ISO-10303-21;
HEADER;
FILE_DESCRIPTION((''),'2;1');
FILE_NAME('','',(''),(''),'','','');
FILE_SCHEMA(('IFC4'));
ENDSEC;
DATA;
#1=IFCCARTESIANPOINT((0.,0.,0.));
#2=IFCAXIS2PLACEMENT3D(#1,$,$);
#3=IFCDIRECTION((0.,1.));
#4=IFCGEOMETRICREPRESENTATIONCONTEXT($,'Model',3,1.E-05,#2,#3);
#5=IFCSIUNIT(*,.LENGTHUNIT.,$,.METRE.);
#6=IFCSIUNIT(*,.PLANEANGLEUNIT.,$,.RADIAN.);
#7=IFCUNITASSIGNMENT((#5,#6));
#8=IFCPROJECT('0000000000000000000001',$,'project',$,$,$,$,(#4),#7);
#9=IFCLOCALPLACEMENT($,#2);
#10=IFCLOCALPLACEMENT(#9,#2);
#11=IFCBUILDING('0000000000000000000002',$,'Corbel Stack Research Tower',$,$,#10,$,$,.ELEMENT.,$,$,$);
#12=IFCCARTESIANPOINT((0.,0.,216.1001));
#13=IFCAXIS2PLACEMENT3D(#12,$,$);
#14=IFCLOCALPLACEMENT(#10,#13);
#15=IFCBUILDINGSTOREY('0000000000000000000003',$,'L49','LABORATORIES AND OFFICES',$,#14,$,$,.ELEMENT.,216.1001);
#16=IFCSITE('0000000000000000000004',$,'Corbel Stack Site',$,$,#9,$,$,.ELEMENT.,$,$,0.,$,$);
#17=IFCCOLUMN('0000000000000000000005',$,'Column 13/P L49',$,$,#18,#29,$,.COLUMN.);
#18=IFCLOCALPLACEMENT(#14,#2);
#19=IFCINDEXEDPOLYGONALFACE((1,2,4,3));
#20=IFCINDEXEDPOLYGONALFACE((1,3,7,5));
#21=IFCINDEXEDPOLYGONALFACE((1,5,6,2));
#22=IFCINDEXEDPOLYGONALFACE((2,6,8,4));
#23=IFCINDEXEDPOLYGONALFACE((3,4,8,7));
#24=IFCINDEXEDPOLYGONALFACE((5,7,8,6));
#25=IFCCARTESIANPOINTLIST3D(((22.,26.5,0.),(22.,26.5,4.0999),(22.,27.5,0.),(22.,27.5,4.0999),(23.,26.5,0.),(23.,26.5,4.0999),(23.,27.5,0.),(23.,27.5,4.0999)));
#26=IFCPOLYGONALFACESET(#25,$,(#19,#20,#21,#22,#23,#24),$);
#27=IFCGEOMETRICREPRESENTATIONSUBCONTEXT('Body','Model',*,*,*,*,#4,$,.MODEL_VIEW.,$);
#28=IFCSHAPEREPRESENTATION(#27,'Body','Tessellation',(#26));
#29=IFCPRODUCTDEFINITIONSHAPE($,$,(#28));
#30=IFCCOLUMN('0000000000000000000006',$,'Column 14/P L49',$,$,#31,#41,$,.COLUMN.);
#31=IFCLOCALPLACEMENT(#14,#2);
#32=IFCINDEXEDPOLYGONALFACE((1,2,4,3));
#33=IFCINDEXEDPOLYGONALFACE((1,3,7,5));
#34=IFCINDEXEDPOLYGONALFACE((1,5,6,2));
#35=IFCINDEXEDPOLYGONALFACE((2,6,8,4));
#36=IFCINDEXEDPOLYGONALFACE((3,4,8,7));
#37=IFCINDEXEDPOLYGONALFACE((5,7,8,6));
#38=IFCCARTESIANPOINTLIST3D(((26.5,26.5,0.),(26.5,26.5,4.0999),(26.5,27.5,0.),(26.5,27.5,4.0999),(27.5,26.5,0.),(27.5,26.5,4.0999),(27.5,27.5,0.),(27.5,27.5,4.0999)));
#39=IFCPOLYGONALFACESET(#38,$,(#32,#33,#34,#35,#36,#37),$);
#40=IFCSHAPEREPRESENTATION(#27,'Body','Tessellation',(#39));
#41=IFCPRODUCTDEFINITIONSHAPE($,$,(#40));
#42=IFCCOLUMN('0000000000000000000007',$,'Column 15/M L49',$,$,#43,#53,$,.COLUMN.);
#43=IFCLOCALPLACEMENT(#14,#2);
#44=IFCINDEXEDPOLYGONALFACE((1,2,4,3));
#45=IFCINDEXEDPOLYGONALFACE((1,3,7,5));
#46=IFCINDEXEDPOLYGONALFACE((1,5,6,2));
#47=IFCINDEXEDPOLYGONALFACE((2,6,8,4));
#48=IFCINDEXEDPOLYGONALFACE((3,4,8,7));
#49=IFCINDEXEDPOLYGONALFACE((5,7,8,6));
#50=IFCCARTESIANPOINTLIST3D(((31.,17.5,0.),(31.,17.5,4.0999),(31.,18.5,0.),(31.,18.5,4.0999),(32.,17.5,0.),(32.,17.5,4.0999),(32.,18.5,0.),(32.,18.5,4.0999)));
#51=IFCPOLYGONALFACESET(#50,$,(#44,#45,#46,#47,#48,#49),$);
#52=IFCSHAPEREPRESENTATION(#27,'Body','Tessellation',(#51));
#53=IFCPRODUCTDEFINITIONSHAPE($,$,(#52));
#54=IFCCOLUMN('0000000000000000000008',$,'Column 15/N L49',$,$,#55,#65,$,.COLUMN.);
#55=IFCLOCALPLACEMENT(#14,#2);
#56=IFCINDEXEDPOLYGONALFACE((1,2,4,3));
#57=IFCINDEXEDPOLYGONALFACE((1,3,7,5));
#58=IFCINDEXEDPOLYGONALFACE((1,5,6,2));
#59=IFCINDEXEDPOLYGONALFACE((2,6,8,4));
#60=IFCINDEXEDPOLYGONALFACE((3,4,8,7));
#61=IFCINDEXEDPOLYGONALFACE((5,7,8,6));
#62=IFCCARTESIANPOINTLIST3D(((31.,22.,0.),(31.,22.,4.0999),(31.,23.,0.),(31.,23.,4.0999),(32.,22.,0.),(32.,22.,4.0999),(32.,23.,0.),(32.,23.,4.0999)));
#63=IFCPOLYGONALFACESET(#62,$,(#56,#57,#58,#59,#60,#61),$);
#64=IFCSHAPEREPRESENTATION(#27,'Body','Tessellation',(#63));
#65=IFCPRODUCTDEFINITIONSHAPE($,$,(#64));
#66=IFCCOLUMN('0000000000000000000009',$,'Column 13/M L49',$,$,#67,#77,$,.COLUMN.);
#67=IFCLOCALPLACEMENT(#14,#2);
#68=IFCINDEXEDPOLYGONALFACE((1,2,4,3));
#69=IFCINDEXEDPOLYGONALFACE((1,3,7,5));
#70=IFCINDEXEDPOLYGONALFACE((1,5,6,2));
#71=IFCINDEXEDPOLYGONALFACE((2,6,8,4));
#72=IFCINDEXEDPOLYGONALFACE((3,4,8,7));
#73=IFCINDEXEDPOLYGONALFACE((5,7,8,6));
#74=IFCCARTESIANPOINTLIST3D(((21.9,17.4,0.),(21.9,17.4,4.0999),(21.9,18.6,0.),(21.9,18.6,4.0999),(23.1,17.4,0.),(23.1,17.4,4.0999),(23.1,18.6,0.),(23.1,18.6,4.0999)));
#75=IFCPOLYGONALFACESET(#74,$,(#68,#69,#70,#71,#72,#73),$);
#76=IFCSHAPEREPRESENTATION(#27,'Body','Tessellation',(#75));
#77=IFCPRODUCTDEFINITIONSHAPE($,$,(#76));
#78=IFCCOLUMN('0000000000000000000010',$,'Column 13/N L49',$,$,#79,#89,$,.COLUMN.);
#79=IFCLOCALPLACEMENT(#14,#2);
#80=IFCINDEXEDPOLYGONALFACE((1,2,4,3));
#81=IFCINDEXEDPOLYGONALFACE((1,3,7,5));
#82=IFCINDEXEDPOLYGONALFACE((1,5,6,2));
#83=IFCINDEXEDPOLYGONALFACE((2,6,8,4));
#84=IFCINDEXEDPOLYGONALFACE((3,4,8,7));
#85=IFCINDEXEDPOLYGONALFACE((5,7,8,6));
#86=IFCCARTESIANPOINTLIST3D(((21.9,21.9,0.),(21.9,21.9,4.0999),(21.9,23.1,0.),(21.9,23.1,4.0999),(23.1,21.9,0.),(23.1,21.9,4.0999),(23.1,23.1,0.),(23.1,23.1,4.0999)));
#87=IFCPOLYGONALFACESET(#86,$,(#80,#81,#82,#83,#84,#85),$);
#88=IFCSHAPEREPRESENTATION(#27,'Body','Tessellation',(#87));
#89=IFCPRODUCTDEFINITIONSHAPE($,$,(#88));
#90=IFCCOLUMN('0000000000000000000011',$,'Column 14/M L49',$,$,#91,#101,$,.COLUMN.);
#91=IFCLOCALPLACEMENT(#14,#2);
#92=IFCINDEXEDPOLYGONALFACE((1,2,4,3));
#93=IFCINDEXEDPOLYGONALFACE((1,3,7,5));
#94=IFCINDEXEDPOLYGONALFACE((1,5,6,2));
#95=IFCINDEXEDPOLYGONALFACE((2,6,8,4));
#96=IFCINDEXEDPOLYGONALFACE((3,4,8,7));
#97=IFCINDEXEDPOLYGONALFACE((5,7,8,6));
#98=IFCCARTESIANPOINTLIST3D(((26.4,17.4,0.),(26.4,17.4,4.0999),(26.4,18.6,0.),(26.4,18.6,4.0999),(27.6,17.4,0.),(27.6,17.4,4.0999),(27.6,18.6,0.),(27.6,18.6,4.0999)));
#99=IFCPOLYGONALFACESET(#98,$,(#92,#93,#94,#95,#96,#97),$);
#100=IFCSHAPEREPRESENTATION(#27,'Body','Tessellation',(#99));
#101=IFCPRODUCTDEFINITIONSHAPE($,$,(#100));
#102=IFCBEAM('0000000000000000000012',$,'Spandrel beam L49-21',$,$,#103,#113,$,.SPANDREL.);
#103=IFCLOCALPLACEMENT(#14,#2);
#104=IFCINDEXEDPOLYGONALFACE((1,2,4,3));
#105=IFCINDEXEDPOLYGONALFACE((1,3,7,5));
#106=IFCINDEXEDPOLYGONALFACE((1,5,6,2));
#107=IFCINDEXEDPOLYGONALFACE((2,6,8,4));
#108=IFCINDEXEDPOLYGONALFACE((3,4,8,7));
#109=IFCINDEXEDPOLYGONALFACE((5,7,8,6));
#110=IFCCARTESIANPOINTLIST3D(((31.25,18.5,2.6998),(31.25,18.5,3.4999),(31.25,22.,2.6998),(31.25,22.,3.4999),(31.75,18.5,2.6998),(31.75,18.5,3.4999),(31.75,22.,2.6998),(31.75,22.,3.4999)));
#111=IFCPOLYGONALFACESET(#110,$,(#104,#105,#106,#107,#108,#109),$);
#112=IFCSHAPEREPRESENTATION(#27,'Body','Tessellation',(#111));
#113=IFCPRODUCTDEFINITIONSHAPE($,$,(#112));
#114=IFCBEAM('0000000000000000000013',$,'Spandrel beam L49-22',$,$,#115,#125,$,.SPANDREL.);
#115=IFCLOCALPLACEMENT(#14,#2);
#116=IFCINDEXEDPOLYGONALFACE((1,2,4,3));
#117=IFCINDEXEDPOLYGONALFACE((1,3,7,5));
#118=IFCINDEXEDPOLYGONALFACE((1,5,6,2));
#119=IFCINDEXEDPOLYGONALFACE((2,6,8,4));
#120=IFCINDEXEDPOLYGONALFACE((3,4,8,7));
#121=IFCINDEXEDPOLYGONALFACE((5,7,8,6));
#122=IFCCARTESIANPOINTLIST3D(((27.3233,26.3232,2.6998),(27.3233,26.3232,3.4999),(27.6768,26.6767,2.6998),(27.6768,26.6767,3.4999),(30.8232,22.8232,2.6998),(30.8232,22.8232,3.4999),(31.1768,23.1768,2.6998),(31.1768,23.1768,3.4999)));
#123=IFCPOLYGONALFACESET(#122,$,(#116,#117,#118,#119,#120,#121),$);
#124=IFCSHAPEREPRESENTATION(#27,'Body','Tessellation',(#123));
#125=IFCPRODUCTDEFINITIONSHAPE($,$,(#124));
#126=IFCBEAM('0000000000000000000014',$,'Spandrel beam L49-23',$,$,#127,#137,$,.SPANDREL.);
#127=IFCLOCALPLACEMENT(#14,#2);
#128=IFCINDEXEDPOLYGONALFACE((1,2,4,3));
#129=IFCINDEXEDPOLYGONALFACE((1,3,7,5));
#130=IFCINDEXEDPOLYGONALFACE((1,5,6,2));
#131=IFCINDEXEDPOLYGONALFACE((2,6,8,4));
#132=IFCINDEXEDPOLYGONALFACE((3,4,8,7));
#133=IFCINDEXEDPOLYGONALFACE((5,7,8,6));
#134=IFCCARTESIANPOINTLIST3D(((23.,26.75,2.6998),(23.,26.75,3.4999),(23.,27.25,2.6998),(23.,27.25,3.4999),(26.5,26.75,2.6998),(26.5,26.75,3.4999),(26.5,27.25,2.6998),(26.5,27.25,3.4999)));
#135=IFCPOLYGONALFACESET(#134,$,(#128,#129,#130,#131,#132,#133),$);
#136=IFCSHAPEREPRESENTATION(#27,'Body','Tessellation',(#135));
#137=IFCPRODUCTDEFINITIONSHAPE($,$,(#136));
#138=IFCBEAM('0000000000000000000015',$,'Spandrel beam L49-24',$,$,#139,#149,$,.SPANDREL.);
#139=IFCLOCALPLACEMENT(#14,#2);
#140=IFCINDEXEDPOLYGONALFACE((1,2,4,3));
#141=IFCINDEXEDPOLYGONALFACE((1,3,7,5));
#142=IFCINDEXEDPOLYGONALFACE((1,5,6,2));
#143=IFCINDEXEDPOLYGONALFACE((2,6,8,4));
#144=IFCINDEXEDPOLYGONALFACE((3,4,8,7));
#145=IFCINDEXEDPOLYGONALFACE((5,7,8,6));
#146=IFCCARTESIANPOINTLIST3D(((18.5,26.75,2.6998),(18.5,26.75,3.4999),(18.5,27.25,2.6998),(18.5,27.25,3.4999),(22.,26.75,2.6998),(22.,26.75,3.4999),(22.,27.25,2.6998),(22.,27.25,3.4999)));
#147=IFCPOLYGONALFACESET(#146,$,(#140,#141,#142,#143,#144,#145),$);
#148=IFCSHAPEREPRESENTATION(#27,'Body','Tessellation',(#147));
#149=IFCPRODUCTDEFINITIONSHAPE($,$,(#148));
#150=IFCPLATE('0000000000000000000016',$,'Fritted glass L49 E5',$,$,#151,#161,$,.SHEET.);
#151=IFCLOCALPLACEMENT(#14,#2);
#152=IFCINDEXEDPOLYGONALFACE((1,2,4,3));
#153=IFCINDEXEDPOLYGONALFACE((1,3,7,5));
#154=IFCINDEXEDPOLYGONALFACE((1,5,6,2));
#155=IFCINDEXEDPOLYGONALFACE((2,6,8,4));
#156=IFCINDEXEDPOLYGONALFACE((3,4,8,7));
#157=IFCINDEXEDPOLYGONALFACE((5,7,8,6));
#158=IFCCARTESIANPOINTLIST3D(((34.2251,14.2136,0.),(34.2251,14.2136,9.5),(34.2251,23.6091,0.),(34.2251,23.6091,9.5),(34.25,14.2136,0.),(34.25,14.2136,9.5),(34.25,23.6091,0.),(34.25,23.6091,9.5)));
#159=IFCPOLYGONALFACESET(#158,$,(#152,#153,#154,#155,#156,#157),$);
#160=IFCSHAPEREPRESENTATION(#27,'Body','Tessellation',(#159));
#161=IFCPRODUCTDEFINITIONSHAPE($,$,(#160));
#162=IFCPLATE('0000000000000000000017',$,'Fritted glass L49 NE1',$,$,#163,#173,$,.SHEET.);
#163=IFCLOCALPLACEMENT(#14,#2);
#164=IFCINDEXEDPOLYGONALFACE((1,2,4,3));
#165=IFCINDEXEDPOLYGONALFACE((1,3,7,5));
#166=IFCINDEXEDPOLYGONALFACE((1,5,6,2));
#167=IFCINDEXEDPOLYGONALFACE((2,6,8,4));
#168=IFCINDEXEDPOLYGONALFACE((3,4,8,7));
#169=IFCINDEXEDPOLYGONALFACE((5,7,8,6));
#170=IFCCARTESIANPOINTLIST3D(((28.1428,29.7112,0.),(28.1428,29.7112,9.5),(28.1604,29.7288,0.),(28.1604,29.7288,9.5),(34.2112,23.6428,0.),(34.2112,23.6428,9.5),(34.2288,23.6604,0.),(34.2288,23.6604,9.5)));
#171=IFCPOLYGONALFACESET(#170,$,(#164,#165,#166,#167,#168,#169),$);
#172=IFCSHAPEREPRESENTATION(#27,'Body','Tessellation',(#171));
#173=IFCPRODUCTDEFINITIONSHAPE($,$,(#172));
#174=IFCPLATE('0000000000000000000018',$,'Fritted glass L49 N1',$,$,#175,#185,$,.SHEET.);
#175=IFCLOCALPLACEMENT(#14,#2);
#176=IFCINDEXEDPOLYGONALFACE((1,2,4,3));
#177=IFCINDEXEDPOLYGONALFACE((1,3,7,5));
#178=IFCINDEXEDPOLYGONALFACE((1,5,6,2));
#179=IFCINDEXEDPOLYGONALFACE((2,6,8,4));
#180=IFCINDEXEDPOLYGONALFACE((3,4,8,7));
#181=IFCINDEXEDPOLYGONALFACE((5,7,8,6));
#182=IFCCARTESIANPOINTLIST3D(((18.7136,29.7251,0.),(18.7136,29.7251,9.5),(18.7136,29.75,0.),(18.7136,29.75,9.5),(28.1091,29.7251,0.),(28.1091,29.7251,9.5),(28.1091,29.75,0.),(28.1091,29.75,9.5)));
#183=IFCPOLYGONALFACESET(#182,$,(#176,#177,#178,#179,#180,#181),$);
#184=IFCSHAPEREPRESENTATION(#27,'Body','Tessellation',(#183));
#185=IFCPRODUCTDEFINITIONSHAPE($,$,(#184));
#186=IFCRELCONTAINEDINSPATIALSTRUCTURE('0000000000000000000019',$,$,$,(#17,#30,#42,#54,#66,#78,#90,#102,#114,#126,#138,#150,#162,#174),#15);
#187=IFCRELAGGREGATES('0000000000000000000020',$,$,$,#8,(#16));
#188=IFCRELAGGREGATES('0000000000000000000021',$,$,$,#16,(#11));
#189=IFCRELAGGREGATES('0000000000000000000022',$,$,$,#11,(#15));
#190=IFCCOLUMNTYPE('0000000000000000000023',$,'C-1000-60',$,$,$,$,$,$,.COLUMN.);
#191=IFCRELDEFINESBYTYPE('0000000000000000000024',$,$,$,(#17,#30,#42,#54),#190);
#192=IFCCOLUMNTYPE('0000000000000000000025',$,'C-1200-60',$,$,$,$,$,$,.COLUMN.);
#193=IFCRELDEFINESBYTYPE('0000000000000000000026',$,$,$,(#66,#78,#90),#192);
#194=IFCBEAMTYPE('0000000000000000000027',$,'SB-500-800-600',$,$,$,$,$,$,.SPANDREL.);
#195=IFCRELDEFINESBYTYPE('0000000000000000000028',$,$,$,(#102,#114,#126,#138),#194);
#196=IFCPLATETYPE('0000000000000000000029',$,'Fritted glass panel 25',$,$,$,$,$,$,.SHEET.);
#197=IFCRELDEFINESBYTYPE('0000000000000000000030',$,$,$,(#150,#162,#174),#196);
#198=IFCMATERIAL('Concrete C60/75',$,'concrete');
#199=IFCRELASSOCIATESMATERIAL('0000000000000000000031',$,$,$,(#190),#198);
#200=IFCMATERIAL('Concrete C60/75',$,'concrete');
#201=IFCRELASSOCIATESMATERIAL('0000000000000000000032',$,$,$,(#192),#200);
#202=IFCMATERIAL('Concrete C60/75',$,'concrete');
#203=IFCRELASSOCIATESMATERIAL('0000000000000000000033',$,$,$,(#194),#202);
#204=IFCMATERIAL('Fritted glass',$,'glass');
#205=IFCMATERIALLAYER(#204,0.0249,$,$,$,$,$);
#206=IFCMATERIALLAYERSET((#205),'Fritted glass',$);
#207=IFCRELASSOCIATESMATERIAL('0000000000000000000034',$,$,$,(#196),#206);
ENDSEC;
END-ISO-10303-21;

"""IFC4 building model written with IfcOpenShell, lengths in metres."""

from ifc_helpers import new_model, si_unit, direction, frame, origin, origin_2d, place, context, subcontext, project, spatial, rectangle, extrude, material, layer, layer_set, material_profile, profile_set, type_object, element, save


model = new_model("IFC4")

# Units and contexts
model_context = context("Model", 3, precision=1e-05, world=origin(), true_north=direction((0.0, 1.0)))
body_context = subcontext(model_context, "Body", "Model", "MODEL_VIEW")
ifc_project = project(units=[si_unit("LENGTHUNIT", "METRE"), si_unit("PLANEANGLEUNIT", "RADIAN")], contexts=[model_context])

# Site, building, storey
site_placement = place(None, origin())
site = spatial("IfcSite", under=ifc_project, at=site_placement, Name="Corbel Stack Site", CompositionType="ELEMENT", RefElevation=0.0)
building_placement = place(site_placement, origin())
building = spatial("IfcBuilding", under=site, at=building_placement, Name="Corbel Stack Research Tower", CompositionType="ELEMENT")
storey_placement = place(building_placement, frame((0.0, 0.0, 216.1001)))
storey = spatial("IfcBuildingStorey", under=building, at=storey_placement, Name="L49", Description="LABORATORIES AND OFFICES", CompositionType="ELEMENT", Elevation=216.1001)

# Columns
ifc_material_1 = material(Name="Concrete C60/75", Category="concrete")
ifc_material_profile_1 = material_profile(ifc_material_1, rectangle(XDim=1.0, YDim=1.0, at=origin_2d()), Name="RC 1000 x 1000")
ifc_profile_set_1 = profile_set([ifc_material_profile_1], Name="Concrete C60/75")
column_type_1 = type_object("IfcColumnType", Name="C-1000-60", PredefinedType="COLUMN", material=ifc_profile_set_1)
for number, where, z_axis, x_axis, name in (
    (1, (22.5, 27.0, 0.0), (0.0, 0.0, 1.0), (1.0, 0.0, 0.0), "Column 13/P L49"),
    (2, (27.0, 27.0, 0.0), (0.0, 0.0, 1.0), (1.0, 0.0, 0.0), "Column 14/P L49"),
    (3, (31.5, 18.0, 0.0), (0.0, 0.0, 1.0), (1.0, 0.0, 0.0), "Column 15/M L49"),
    (4, (31.5, 22.5, 0.0), (0.0, 0.0, 1.0), (1.0, 0.0, 0.0), "Column 15/N L49"),
):
    element("IfcColumn", number, at=place(storey_placement, frame(where, z_axis=z_axis, x_axis=x_axis)), inside=storey, type_object=column_type_1, Name=name, PredefinedType="COLUMN", context=body_context, shape_type="SweptSolid", body=[
        extrude(rectangle(XDim=1.0, YDim=1.0, at=origin_2d()), origin(), (0.0, 0.0, 1.0), 4.0999),
    ])
ifc_material_2 = material(Name="Concrete C60/75", Category="concrete")
ifc_material_profile_2 = material_profile(ifc_material_2, rectangle(XDim=1.2, YDim=1.2, at=origin_2d()), Name="RC 1200 x 1200")
ifc_profile_set_2 = profile_set([ifc_material_profile_2], Name="Concrete C60/75")
column_type_2 = type_object("IfcColumnType", Name="C-1200-60", PredefinedType="COLUMN", material=ifc_profile_set_2)
for number, where, z_axis, x_axis, name in (
    (5, (22.5, 18.0, 0.0), (0.0, 0.0, 1.0), (1.0, 0.0, 0.0), "Column 13/M L49"),
    (6, (22.5, 22.5, 0.0), (0.0, 0.0, 1.0), (1.0, 0.0, 0.0), "Column 13/N L49"),
    (7, (27.0, 18.0, 0.0), (0.0, 0.0, 1.0), (1.0, 0.0, 0.0), "Column 14/M L49"),
):
    element("IfcColumn", number, at=place(storey_placement, frame(where, z_axis=z_axis, x_axis=x_axis)), inside=storey, type_object=column_type_2, Name=name, PredefinedType="COLUMN", context=body_context, shape_type="SweptSolid", body=[
        extrude(rectangle(XDim=1.2, YDim=1.2, at=origin_2d()), origin(), (0.0, 0.0, 1.0), 4.0999),
    ])

# Beams
ifc_material_3 = material(Name="Concrete C60/75", Category="concrete")
ifc_material_profile_3 = material_profile(ifc_material_3, rectangle(XDim=0.5, YDim=0.8, at=origin_2d()), Name="RC 500 x 800")
ifc_profile_set_3 = profile_set([ifc_material_profile_3], Name="Concrete C60/75")
beam_type = type_object("IfcBeamType", Name="SB-500-800-600", PredefinedType="SPANDREL", material=ifc_profile_set_3)
beam_1_placement = place(storey_placement, frame((31.5, 18.5, 3.0999), z_axis=(0.0, 1.0, 0.0), x_axis=(-1.0, 0.0, 0.0)))
element("IfcBeam", 8, at=beam_1_placement, inside=storey, type_object=beam_type, Name="Spandrel beam L49-21", PredefinedType="SPANDREL", context=body_context, shape_type="SweptSolid", body=[
    extrude(rectangle(XDim=0.5, YDim=0.8, at=origin_2d()), origin(), (0.0, 0.0, 1.0), 3.5),
])
beam_2_placement = place(storey_placement, frame((31.0, 23.0, 3.0999), z_axis=(-0.707107, 0.707107, 0.0), x_axis=(-0.707107, -0.707107, 0.0)))
element("IfcBeam", 9, at=beam_2_placement, inside=storey, type_object=beam_type, Name="Spandrel beam L49-22", PredefinedType="SPANDREL", context=body_context, shape_type="SweptSolid", body=[
    extrude(rectangle(XDim=0.5, YDim=0.8, at=origin_2d()), origin(), (0.0, 0.0, 1.0), 4.9497),
])
for number, where, z_axis, x_axis, name in (
    (10, (26.5, 27.0, 3.0999), (-1.0, 0.0, 0.0), (0.0, -1.0, 0.0), "Spandrel beam L49-23"),
    (11, (22.0, 27.0, 3.0999), (-1.0, 0.0, 0.0), (0.0, -1.0, 0.0), "Spandrel beam L49-24"),
):
    element("IfcBeam", number, at=place(storey_placement, frame(where, z_axis=z_axis, x_axis=x_axis)), inside=storey, type_object=beam_type, Name=name, PredefinedType="SPANDREL", context=body_context, shape_type="SweptSolid", body=[
        extrude(rectangle(XDim=0.5, YDim=0.8, at=origin_2d()), origin(), (0.0, 0.0, 1.0), 3.5),
    ])

# Plates
ifc_material_4 = material(Name="Fritted glass", Category="glass")
ifc_layer_1 = layer(ifc_material_4, 0.0249)
ifc_layer_set_1 = layer_set([ifc_layer_1], Name="Fritted glass")
plate_type = type_object("IfcPlateType", Name="Fritted glass panel 25", PredefinedType="SHEET", material=ifc_layer_set_1)
plate_1_placement = place(storey_placement, frame((34.2375, 18.9114, 0.0), z_axis=(0.0, 0.0, 1.0), x_axis=(0.0, 1.0, 0.0)))
element("IfcPlate", 12, at=plate_1_placement, inside=storey, type_object=plate_type, Name="Fritted glass L49 E5", PredefinedType="SHEET", context=body_context, shape_type="SweptSolid", body=[
    extrude(rectangle(XDim=9.3955, YDim=0.0249, at=origin_2d()), origin(), (0.0, 0.0, 1.0), 9.5),
])
plate_2_placement = place(storey_placement, frame((31.1858, 26.6858, 0.0), z_axis=(0.0, 0.0, 1.0), x_axis=(-0.707107, 0.707107, 0.0)))
element("IfcPlate", 13, at=plate_2_placement, inside=storey, type_object=plate_type, Name="Fritted glass L49 NE1", PredefinedType="SHEET", context=body_context, shape_type="SweptSolid", body=[
    extrude(rectangle(XDim=8.582, YDim=0.0249, at=origin_2d()), origin(), (0.0, 0.0, 1.0), 9.5),
])
plate_3_placement = place(storey_placement, frame((23.4114, 29.7375, 0.0), z_axis=(0.0, 0.0, 1.0), x_axis=(-1.0, 0.0, 0.0)))
element("IfcPlate", 14, at=plate_3_placement, inside=storey, type_object=plate_type, Name="Fritted glass L49 N1", PredefinedType="SHEET", context=body_context, shape_type="SweptSolid", body=[
    extrude(rectangle(XDim=9.3955, YDim=0.0249, at=origin_2d()), origin(), (0.0, 0.0, 1.0), 9.5),
])

save(model, "model.ifc")
